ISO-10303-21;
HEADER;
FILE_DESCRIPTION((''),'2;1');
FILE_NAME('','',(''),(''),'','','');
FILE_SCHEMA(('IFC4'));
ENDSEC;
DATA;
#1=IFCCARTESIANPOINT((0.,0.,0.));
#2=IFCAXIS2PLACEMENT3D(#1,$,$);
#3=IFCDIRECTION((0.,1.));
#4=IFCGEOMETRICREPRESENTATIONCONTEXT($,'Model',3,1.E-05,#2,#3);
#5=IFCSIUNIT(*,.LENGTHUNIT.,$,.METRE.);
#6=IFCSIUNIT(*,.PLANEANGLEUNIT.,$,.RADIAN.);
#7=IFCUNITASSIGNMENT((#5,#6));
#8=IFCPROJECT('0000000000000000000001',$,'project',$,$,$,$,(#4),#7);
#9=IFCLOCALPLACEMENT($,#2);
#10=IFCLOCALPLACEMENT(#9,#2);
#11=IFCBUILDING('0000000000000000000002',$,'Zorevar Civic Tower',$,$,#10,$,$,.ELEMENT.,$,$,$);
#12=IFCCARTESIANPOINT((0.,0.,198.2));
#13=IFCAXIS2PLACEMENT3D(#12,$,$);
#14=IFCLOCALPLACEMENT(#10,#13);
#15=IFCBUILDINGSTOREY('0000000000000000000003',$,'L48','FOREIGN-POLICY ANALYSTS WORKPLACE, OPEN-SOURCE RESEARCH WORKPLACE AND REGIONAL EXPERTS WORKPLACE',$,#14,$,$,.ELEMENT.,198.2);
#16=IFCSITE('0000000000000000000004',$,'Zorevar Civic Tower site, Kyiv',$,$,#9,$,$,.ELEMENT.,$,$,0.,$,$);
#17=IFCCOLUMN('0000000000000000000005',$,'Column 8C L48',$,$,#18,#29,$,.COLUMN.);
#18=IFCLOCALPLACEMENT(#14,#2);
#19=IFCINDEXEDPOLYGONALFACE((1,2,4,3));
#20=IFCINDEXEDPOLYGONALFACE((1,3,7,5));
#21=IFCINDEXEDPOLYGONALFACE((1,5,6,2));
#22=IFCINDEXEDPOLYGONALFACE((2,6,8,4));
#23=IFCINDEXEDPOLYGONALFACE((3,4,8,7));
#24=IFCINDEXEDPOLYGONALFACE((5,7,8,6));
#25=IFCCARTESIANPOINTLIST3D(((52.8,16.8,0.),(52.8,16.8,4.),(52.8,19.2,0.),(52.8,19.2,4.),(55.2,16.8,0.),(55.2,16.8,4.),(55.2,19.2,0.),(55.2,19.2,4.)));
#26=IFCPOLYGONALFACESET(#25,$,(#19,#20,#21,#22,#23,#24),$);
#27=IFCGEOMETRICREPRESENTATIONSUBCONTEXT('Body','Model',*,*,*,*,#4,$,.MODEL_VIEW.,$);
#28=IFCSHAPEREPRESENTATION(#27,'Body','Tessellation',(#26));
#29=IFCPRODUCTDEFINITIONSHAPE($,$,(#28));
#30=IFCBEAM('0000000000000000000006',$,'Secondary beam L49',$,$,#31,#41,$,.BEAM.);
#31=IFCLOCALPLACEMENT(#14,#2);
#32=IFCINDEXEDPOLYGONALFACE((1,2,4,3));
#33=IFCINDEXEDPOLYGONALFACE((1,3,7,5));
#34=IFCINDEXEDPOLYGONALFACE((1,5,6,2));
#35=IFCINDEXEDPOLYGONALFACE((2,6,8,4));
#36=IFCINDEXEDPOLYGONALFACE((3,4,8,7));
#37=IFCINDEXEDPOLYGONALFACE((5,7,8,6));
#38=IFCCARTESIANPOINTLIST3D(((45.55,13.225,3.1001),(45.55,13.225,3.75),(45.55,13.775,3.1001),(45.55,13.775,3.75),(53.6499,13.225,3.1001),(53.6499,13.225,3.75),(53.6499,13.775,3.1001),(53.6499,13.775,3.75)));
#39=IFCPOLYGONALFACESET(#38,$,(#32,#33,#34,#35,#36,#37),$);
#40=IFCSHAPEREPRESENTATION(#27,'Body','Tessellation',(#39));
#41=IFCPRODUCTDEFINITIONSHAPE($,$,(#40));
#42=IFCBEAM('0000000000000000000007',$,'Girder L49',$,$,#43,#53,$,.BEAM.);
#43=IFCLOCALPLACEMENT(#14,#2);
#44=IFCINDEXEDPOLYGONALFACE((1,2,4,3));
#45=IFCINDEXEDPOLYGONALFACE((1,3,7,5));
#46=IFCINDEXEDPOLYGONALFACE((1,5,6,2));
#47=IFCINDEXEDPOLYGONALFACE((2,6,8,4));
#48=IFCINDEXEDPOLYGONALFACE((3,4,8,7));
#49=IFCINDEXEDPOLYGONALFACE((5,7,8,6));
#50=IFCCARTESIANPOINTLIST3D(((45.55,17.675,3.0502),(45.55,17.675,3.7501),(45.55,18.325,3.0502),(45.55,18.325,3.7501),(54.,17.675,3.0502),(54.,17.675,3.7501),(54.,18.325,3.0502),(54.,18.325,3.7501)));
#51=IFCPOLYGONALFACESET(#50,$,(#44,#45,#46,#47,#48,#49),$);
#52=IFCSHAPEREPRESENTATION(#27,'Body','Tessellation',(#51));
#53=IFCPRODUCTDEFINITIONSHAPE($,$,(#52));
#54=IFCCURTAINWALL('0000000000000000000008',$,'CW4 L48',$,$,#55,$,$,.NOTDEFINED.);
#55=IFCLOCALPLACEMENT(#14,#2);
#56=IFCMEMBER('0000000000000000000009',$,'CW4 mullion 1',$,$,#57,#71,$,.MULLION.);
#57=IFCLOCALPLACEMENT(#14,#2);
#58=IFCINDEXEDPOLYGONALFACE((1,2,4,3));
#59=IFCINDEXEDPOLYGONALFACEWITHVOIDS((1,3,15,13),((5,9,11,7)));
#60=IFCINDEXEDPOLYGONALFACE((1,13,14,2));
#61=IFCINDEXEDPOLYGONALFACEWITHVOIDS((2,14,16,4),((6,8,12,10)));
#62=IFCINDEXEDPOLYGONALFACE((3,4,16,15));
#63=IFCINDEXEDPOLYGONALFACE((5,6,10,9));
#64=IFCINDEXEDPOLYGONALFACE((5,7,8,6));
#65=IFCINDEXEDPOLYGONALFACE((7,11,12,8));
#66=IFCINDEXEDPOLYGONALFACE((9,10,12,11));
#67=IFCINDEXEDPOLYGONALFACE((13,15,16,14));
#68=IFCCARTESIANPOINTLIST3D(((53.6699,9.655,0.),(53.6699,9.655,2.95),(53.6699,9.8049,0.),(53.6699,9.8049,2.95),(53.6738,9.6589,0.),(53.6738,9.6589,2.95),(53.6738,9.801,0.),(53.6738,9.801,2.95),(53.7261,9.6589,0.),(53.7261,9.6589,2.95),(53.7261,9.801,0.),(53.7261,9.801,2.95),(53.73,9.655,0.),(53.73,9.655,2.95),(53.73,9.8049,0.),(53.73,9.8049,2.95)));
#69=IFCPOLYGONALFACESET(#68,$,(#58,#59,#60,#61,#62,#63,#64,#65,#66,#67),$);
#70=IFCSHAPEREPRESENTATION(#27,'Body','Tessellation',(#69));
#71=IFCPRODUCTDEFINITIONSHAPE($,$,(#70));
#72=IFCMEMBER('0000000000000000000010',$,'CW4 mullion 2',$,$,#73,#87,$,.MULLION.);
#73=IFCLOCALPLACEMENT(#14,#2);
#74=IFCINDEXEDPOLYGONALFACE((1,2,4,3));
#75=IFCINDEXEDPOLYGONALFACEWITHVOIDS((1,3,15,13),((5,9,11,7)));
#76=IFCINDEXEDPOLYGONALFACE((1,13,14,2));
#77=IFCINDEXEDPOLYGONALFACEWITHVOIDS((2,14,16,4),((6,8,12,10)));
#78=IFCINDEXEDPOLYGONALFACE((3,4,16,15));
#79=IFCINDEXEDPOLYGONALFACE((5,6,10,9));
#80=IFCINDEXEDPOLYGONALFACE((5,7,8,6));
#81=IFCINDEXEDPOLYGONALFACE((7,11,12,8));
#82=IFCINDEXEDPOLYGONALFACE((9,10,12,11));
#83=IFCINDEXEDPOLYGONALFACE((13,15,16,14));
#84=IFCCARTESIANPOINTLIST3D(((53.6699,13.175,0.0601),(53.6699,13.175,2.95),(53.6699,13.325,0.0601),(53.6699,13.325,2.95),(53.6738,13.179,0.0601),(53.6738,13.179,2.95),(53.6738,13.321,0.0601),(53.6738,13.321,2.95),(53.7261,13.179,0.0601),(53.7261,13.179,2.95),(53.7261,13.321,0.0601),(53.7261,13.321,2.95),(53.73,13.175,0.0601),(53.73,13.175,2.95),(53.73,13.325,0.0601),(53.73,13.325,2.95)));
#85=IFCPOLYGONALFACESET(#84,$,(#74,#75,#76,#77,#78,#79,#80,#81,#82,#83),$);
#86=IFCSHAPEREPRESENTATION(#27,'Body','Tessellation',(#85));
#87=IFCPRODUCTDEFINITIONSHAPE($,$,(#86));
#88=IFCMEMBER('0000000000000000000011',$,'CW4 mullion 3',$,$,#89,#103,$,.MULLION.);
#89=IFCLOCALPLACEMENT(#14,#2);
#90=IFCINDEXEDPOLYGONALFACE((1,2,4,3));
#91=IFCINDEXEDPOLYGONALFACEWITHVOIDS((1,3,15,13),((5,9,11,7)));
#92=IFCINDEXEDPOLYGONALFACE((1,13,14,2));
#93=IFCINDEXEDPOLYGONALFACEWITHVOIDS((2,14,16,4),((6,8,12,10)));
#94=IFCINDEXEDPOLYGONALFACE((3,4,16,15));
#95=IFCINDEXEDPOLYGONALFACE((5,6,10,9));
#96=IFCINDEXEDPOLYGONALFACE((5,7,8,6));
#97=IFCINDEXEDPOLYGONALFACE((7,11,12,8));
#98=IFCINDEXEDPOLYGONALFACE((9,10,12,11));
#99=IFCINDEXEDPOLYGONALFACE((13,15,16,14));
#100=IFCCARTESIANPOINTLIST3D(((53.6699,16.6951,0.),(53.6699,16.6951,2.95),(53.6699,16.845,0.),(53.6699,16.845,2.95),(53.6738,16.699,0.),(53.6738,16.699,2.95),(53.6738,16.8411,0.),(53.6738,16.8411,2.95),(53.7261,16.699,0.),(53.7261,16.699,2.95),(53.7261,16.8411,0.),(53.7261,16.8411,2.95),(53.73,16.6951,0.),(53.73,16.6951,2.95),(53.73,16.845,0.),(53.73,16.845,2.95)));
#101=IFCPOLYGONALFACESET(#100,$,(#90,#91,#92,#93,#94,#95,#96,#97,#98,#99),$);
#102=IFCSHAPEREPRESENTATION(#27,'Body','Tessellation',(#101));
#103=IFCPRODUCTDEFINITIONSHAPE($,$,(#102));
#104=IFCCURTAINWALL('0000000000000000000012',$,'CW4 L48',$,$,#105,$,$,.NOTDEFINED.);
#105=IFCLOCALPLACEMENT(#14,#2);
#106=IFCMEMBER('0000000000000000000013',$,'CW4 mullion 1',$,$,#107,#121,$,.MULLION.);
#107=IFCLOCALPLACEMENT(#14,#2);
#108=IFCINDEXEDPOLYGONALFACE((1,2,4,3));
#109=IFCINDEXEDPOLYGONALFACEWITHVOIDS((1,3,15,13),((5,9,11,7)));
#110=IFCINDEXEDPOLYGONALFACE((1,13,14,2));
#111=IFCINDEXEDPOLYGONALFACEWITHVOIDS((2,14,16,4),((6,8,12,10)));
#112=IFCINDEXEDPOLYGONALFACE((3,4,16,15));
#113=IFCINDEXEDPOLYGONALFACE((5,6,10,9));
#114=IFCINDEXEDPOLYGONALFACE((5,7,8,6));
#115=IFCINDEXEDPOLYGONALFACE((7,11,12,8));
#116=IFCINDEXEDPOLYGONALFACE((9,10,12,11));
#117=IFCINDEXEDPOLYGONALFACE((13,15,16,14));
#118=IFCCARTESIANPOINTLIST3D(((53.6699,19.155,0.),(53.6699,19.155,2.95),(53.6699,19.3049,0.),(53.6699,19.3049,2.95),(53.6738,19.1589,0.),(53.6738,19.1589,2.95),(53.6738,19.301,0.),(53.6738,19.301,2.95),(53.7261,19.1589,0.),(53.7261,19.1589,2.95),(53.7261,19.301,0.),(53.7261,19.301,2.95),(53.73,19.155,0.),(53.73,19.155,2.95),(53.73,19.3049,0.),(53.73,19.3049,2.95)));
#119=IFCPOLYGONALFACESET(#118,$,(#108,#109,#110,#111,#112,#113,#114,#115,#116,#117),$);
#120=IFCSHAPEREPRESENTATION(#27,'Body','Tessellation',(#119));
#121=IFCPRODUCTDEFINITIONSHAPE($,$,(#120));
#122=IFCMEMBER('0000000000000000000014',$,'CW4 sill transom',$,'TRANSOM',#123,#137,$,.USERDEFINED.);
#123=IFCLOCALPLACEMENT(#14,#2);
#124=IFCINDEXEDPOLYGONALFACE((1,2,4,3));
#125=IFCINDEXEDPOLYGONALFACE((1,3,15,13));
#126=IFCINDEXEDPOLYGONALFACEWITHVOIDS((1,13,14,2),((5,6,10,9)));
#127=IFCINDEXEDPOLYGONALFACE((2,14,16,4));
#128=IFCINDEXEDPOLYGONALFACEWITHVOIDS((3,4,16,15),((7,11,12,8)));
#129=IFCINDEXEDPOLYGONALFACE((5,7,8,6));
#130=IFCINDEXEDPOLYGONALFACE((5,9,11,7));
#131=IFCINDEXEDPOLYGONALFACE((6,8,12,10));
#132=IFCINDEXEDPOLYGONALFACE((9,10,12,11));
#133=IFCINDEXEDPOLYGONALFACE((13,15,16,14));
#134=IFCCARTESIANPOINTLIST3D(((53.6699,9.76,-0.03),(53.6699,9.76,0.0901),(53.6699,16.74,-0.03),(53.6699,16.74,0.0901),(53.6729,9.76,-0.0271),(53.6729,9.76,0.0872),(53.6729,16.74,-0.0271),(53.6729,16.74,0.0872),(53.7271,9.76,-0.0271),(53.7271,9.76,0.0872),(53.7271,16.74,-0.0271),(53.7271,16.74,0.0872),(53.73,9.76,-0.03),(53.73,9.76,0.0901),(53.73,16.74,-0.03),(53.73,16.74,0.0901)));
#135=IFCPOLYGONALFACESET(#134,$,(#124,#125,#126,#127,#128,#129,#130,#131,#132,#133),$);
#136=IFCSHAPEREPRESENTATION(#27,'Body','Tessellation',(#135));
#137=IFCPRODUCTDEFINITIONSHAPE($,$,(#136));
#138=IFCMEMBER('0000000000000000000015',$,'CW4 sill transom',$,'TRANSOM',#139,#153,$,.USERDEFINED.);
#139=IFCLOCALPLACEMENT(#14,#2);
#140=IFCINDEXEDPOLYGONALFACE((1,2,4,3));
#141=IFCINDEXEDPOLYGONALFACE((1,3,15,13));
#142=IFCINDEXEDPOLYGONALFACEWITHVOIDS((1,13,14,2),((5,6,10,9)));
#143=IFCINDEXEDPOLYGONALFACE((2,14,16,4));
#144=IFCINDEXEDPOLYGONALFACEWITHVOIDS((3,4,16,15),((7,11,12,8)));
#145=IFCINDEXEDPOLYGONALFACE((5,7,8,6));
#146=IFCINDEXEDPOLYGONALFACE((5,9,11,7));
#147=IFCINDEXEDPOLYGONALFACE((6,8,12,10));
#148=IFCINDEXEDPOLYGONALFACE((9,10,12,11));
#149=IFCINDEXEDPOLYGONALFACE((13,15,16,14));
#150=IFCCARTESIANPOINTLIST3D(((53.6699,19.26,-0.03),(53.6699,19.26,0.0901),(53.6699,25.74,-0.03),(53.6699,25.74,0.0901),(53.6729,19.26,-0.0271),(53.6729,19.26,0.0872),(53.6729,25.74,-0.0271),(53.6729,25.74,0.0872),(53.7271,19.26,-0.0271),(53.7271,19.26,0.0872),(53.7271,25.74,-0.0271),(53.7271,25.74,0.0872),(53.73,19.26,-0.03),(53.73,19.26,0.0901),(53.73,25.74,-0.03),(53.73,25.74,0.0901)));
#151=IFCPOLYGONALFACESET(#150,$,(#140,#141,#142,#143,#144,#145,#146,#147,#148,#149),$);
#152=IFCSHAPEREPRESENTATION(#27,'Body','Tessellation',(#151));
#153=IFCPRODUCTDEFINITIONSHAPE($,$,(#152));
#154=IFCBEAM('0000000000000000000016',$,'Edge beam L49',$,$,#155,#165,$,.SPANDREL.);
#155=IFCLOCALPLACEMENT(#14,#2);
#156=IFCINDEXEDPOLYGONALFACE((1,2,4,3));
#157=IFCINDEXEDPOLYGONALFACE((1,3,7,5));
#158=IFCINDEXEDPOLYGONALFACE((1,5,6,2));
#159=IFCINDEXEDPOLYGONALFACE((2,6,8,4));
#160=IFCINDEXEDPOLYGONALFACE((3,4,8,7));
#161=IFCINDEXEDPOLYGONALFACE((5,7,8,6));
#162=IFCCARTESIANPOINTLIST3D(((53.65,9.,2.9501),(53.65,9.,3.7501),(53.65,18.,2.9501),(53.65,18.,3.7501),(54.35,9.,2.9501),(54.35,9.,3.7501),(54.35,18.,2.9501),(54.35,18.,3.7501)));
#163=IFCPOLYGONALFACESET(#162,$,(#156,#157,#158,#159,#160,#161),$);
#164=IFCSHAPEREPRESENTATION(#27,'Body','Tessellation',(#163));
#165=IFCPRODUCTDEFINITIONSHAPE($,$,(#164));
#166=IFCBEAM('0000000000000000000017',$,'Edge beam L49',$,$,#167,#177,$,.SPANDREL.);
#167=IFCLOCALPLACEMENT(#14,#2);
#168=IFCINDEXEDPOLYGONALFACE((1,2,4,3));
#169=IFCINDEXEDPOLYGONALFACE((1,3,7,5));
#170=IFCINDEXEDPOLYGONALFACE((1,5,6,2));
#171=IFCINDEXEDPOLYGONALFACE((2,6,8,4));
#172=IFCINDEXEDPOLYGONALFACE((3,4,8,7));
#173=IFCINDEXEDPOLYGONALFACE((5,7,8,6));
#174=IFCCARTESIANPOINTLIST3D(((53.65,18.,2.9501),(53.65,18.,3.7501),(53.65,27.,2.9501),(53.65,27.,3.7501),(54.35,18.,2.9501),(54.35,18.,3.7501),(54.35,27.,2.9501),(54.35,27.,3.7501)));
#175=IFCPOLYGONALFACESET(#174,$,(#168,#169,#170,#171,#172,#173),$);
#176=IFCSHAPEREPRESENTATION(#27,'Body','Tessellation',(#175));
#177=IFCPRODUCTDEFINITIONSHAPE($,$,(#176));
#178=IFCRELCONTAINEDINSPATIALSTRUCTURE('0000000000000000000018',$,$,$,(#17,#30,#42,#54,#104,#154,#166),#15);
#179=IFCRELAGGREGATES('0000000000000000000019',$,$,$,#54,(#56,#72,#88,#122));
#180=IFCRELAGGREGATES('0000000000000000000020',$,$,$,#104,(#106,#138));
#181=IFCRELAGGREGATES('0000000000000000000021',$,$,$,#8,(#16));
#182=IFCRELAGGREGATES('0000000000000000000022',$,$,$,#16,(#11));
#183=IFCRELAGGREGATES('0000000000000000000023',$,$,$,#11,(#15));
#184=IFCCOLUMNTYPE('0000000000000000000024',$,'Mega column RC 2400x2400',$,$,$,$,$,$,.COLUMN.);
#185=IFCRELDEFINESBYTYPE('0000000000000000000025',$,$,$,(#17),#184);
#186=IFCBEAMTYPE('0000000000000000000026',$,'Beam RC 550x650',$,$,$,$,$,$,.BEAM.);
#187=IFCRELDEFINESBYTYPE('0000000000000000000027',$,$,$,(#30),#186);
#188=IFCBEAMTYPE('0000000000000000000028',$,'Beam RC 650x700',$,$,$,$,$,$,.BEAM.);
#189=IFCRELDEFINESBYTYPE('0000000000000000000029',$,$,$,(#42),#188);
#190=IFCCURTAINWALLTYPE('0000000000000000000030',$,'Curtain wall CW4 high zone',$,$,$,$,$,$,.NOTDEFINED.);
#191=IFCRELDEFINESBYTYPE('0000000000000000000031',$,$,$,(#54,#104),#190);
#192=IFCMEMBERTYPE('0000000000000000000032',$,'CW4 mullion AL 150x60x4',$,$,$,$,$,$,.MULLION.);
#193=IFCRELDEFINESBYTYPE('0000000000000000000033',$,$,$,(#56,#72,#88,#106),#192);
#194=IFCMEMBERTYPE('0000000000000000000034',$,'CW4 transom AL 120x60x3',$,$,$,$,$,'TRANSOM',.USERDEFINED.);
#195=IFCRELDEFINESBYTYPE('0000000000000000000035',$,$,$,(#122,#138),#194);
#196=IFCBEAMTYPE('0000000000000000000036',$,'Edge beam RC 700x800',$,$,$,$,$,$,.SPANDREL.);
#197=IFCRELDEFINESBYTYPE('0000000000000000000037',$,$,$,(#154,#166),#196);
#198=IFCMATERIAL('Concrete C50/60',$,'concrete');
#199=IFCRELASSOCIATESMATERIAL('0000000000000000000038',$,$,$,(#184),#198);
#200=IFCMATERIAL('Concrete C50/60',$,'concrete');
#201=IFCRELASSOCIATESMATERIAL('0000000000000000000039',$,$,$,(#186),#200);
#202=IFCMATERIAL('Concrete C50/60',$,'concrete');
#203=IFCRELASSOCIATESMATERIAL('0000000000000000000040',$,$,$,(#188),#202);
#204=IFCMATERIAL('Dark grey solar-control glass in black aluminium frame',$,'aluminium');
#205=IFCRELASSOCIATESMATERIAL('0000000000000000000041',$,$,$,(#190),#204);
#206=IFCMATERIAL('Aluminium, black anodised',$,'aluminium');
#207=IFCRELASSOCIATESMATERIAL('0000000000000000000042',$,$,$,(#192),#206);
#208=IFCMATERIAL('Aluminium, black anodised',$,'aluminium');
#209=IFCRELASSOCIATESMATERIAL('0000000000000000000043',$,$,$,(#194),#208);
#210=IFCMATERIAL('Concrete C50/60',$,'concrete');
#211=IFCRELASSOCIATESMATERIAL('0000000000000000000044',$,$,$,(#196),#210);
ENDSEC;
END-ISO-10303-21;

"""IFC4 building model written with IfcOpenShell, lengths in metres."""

from ifc_helpers import new_model, si_unit, direction, frame, origin, origin_2d, place, context, subcontext, project, spatial, rectangle, hollow_rectangle, extrude, material, material_profile, profile_set, type_object, element, aggregate, save


model = new_model("IFC4")

# Units and contexts
model_context = context("Model", 3, precision=1e-05, world=origin(), true_north=direction((0.0, 1.0)))
body_context = subcontext(model_context, "Body", "Model", "MODEL_VIEW")
ifc_project = project(units=[si_unit("LENGTHUNIT", "METRE"), si_unit("PLANEANGLEUNIT", "RADIAN")], contexts=[model_context])

# Site, building, storey
site_placement = place(None, origin())
site = spatial("IfcSite", under=ifc_project, at=site_placement, Name="Zorevar Civic Tower site, Kyiv", CompositionType="ELEMENT", RefElevation=0.0)
building_placement = place(site_placement, origin())
building = spatial("IfcBuilding", under=site, at=building_placement, Name="Zorevar Civic Tower", CompositionType="ELEMENT")
storey_placement = place(building_placement, frame((0.0, 0.0, 198.2)))
storey = spatial("IfcBuildingStorey", under=building, at=storey_placement, Name="L48", Description="FOREIGN-POLICY ANALYSTS WORKPLACE, OPEN-SOURCE RESEARCH WORKPLACE AND REGIONAL EXPERTS WORKPLACE", CompositionType="ELEMENT", Elevation=198.2)

# Column
ifc_material_1 = material(Name="Concrete C50/60", Category="concrete")
ifc_material_profile_1 = material_profile(ifc_material_1, rectangle(XDim=2.3999, YDim=2.3999, at=origin_2d()), Name="RC 2400x2400")
ifc_profile_set_1 = profile_set([ifc_material_profile_1], Name="Concrete C50/60")
column_type = type_object("IfcColumnType", Name="Mega column RC 2400x2400", PredefinedType="COLUMN", material=ifc_profile_set_1)
column_placement = place(storey_placement, frame((54.0, 18.0, 0.0), z_axis=(0.0, 0.0, 1.0), x_axis=(1.0, 0.0, 0.0)))
element("IfcColumn", 1, at=column_placement, inside=storey, type_object=column_type, Name="Column 8C L48", PredefinedType="COLUMN", context=body_context, shape_type="SweptSolid", body=[
    extrude(rectangle(XDim=2.3999, YDim=2.3999, at=origin_2d()), origin(), (0.0, 0.0, 1.0), 4.0),
])

# Beams
ifc_material_2 = material(Name="Concrete C50/60", Category="concrete")
ifc_material_profile_2 = material_profile(ifc_material_2, rectangle(XDim=0.55, YDim=0.6499, at=origin_2d()), Name="RC 550x650")
ifc_profile_set_2 = profile_set([ifc_material_profile_2], Name="Concrete C50/60")
beam_type_1 = type_object("IfcBeamType", Name="Beam RC 550x650", PredefinedType="BEAM", material=ifc_profile_set_2)
beam_1_placement = place(storey_placement, frame((45.55, 13.5, 3.425), z_axis=(1.0, 0.0, 0.0), x_axis=(0.0, 1.0, 0.0)))
element("IfcBeam", 2, at=beam_1_placement, inside=storey, type_object=beam_type_1, Name="Secondary beam L49", PredefinedType="BEAM", context=body_context, shape_type="SweptSolid", body=[
    extrude(rectangle(XDim=0.55, YDim=0.6499, at=origin_2d()), origin(), (0.0, 0.0, 1.0), 8.0999),
])
ifc_material_3 = material(Name="Concrete C50/60", Category="concrete")
ifc_material_profile_3 = material_profile(ifc_material_3, rectangle(XDim=0.6499, YDim=0.7, at=origin_2d()), Name="RC 650x700")
ifc_profile_set_3 = profile_set([ifc_material_profile_3], Name="Concrete C50/60")
beam_type_2 = type_object("IfcBeamType", Name="Beam RC 650x700", PredefinedType="BEAM", material=ifc_profile_set_3)
beam_2_placement = place(storey_placement, frame((45.55, 18.0, 3.4001), z_axis=(1.0, 0.0, 0.0), x_axis=(0.0, 1.0, 0.0)))
element("IfcBeam", 3, at=beam_2_placement, inside=storey, type_object=beam_type_2, Name="Girder L49", PredefinedType="BEAM", context=body_context, shape_type="SweptSolid", body=[
    extrude(rectangle(XDim=0.6499, YDim=0.7, at=origin_2d()), origin(), (0.0, 0.0, 1.0), 8.45),
])

# Curtain wall, members
ifc_material_4 = material(Name="Dark grey solar-control glass in black aluminium frame", Category="aluminium")
curtain_wall_type = type_object("IfcCurtainWallType", Name="Curtain wall CW4 high zone", PredefinedType="NOTDEFINED", material=ifc_material_4)
curtain_wall_1_placement = place(storey_placement, origin())
curtain_wall_1 = element("IfcCurtainWall", 4, at=curtain_wall_1_placement, inside=storey, type_object=curtain_wall_type, Name="CW4 L48", PredefinedType="NOTDEFINED")
ifc_material_5 = material(Name="Aluminium, black anodised", Category="aluminium")
ifc_material_profile_4 = material_profile(ifc_material_5, hollow_rectangle(XDim=0.0601, YDim=0.1499, WallThickness=0.0039, at=origin_2d()), Name="AL 150x60x4")
ifc_profile_set_4 = profile_set([ifc_material_profile_4], Name="Aluminium, black anodised")
member_type_1 = type_object("IfcMemberType", Name="CW4 mullion AL 150x60x4", PredefinedType="MULLION", material=ifc_profile_set_4)
member_1_placement = place(storey_placement, frame((53.7, 9.73, 0.0), z_axis=(0.0, 0.0, 1.0), x_axis=(-1.0, 0.0, 0.0)))
member_1 = element("IfcMember", 5, at=member_1_placement, type_object=member_type_1, Name="CW4 mullion 1", PredefinedType="MULLION", context=body_context, shape_type="SweptSolid", body=[
    extrude(hollow_rectangle(XDim=0.0601, YDim=0.1499, WallThickness=0.0039, at=origin_2d()), origin(), (0.0, 0.0, 1.0), 2.95),
])
member_2_placement = place(storey_placement, frame((53.7, 13.25, 0.0601), z_axis=(0.0, 0.0, 1.0), x_axis=(-1.0, 0.0, 0.0)))
member_2 = element("IfcMember", 6, at=member_2_placement, type_object=member_type_1, Name="CW4 mullion 2", PredefinedType="MULLION", context=body_context, shape_type="SweptSolid", body=[
    extrude(hollow_rectangle(XDim=0.0601, YDim=0.1499, WallThickness=0.0039, at=origin_2d()), origin(), (0.0, 0.0, 1.0), 2.8899),
])
member_3_placement = place(storey_placement, frame((53.7, 16.77, 0.0), z_axis=(0.0, 0.0, 1.0), x_axis=(-1.0, 0.0, 0.0)))
member_3 = element("IfcMember", 7, at=member_3_placement, type_object=member_type_1, Name="CW4 mullion 3", PredefinedType="MULLION", context=body_context, shape_type="SweptSolid", body=[
    extrude(hollow_rectangle(XDim=0.0601, YDim=0.1499, WallThickness=0.0039, at=origin_2d()), origin(), (0.0, 0.0, 1.0), 2.95),
])

# Curtain wall, member
curtain_wall_2_placement = place(storey_placement, origin())
curtain_wall_2 = element("IfcCurtainWall", 8, at=curtain_wall_2_placement, inside=storey, type_object=curtain_wall_type, Name="CW4 L48", PredefinedType="NOTDEFINED")
member_4_placement = place(storey_placement, frame((53.7, 19.23, 0.0), z_axis=(0.0, 0.0, 1.0), x_axis=(-1.0, 0.0, 0.0)))
member_4 = element("IfcMember", 9, at=member_4_placement, type_object=member_type_1, Name="CW4 mullion 1", PredefinedType="MULLION", context=body_context, shape_type="SweptSolid", body=[
    extrude(hollow_rectangle(XDim=0.0601, YDim=0.1499, WallThickness=0.0039, at=origin_2d()), origin(), (0.0, 0.0, 1.0), 2.95),
])

# Members
ifc_material_6 = material(Name="Aluminium, black anodised", Category="aluminium")
ifc_material_profile_5 = material_profile(ifc_material_6, hollow_rectangle(XDim=0.0601, YDim=0.1201, WallThickness=0.0029, at=origin_2d()), Name="AL 120x60x3")
ifc_profile_set_5 = profile_set([ifc_material_profile_5], Name="Aluminium, black anodised")
member_type_2 = type_object("IfcMemberType", Name="CW4 transom AL 120x60x3", ElementType="TRANSOM", PredefinedType="USERDEFINED", material=ifc_profile_set_5)
member_5_placement = place(storey_placement, frame((53.7, 9.76, 0.03), z_axis=(0.0, 1.0, 0.0), x_axis=(-1.0, 0.0, 0.0)))
member_5 = element("IfcMember", 10, at=member_5_placement, type_object=member_type_2, Name="CW4 sill transom", ObjectType="TRANSOM", PredefinedType="USERDEFINED", context=body_context, shape_type="SweptSolid", body=[
    extrude(hollow_rectangle(XDim=0.0601, YDim=0.1201, WallThickness=0.0029, at=origin_2d()), origin(), (0.0, 0.0, 1.0), 6.98),
])
member_6_placement = place(storey_placement, frame((53.7, 19.26, 0.03), z_axis=(0.0, 1.0, 0.0), x_axis=(-1.0, 0.0, 0.0)))
member_6 = element("IfcMember", 11, at=member_6_placement, type_object=member_type_2, Name="CW4 sill transom", ObjectType="TRANSOM", PredefinedType="USERDEFINED", context=body_context, shape_type="SweptSolid", body=[
    extrude(hollow_rectangle(XDim=0.0601, YDim=0.1201, WallThickness=0.0029, at=origin_2d()), origin(), (0.0, 0.0, 1.0), 6.48),
])

# Beams
ifc_material_7 = material(Name="Concrete C50/60", Category="concrete")
ifc_material_profile_6 = material_profile(ifc_material_7, rectangle(XDim=0.7, YDim=0.8, at=origin_2d()), Name="RC 700x800")
ifc_profile_set_6 = profile_set([ifc_material_profile_6], Name="Concrete C50/60")
beam_type_3 = type_object("IfcBeamType", Name="Edge beam RC 700x800", PredefinedType="SPANDREL", material=ifc_profile_set_6)
for number, where, z_axis, x_axis, name in (
    (12, (54.0, 9.0, 3.3501), (0.0, 1.0, 0.0), (-1.0, 0.0, 0.0), "Edge beam L49"),
    (13, (54.0, 18.0, 3.3501), (0.0, 1.0, 0.0), (-1.0, 0.0, 0.0), "Edge beam L49"),
):
    element("IfcBeam", number, at=place(storey_placement, frame(where, z_axis=z_axis, x_axis=x_axis)), inside=storey, type_object=beam_type_3, Name=name, PredefinedType="SPANDREL", context=body_context, shape_type="SweptSolid", body=[
        extrude(rectangle(XDim=0.7, YDim=0.8, at=origin_2d()), origin(), (0.0, 0.0, 1.0), 9.0),
    ])

aggregate(curtain_wall_1, [member_1, member_2, member_3, member_5])
aggregate(curtain_wall_2, [member_4, member_6])

save(model, "model.ifc")
